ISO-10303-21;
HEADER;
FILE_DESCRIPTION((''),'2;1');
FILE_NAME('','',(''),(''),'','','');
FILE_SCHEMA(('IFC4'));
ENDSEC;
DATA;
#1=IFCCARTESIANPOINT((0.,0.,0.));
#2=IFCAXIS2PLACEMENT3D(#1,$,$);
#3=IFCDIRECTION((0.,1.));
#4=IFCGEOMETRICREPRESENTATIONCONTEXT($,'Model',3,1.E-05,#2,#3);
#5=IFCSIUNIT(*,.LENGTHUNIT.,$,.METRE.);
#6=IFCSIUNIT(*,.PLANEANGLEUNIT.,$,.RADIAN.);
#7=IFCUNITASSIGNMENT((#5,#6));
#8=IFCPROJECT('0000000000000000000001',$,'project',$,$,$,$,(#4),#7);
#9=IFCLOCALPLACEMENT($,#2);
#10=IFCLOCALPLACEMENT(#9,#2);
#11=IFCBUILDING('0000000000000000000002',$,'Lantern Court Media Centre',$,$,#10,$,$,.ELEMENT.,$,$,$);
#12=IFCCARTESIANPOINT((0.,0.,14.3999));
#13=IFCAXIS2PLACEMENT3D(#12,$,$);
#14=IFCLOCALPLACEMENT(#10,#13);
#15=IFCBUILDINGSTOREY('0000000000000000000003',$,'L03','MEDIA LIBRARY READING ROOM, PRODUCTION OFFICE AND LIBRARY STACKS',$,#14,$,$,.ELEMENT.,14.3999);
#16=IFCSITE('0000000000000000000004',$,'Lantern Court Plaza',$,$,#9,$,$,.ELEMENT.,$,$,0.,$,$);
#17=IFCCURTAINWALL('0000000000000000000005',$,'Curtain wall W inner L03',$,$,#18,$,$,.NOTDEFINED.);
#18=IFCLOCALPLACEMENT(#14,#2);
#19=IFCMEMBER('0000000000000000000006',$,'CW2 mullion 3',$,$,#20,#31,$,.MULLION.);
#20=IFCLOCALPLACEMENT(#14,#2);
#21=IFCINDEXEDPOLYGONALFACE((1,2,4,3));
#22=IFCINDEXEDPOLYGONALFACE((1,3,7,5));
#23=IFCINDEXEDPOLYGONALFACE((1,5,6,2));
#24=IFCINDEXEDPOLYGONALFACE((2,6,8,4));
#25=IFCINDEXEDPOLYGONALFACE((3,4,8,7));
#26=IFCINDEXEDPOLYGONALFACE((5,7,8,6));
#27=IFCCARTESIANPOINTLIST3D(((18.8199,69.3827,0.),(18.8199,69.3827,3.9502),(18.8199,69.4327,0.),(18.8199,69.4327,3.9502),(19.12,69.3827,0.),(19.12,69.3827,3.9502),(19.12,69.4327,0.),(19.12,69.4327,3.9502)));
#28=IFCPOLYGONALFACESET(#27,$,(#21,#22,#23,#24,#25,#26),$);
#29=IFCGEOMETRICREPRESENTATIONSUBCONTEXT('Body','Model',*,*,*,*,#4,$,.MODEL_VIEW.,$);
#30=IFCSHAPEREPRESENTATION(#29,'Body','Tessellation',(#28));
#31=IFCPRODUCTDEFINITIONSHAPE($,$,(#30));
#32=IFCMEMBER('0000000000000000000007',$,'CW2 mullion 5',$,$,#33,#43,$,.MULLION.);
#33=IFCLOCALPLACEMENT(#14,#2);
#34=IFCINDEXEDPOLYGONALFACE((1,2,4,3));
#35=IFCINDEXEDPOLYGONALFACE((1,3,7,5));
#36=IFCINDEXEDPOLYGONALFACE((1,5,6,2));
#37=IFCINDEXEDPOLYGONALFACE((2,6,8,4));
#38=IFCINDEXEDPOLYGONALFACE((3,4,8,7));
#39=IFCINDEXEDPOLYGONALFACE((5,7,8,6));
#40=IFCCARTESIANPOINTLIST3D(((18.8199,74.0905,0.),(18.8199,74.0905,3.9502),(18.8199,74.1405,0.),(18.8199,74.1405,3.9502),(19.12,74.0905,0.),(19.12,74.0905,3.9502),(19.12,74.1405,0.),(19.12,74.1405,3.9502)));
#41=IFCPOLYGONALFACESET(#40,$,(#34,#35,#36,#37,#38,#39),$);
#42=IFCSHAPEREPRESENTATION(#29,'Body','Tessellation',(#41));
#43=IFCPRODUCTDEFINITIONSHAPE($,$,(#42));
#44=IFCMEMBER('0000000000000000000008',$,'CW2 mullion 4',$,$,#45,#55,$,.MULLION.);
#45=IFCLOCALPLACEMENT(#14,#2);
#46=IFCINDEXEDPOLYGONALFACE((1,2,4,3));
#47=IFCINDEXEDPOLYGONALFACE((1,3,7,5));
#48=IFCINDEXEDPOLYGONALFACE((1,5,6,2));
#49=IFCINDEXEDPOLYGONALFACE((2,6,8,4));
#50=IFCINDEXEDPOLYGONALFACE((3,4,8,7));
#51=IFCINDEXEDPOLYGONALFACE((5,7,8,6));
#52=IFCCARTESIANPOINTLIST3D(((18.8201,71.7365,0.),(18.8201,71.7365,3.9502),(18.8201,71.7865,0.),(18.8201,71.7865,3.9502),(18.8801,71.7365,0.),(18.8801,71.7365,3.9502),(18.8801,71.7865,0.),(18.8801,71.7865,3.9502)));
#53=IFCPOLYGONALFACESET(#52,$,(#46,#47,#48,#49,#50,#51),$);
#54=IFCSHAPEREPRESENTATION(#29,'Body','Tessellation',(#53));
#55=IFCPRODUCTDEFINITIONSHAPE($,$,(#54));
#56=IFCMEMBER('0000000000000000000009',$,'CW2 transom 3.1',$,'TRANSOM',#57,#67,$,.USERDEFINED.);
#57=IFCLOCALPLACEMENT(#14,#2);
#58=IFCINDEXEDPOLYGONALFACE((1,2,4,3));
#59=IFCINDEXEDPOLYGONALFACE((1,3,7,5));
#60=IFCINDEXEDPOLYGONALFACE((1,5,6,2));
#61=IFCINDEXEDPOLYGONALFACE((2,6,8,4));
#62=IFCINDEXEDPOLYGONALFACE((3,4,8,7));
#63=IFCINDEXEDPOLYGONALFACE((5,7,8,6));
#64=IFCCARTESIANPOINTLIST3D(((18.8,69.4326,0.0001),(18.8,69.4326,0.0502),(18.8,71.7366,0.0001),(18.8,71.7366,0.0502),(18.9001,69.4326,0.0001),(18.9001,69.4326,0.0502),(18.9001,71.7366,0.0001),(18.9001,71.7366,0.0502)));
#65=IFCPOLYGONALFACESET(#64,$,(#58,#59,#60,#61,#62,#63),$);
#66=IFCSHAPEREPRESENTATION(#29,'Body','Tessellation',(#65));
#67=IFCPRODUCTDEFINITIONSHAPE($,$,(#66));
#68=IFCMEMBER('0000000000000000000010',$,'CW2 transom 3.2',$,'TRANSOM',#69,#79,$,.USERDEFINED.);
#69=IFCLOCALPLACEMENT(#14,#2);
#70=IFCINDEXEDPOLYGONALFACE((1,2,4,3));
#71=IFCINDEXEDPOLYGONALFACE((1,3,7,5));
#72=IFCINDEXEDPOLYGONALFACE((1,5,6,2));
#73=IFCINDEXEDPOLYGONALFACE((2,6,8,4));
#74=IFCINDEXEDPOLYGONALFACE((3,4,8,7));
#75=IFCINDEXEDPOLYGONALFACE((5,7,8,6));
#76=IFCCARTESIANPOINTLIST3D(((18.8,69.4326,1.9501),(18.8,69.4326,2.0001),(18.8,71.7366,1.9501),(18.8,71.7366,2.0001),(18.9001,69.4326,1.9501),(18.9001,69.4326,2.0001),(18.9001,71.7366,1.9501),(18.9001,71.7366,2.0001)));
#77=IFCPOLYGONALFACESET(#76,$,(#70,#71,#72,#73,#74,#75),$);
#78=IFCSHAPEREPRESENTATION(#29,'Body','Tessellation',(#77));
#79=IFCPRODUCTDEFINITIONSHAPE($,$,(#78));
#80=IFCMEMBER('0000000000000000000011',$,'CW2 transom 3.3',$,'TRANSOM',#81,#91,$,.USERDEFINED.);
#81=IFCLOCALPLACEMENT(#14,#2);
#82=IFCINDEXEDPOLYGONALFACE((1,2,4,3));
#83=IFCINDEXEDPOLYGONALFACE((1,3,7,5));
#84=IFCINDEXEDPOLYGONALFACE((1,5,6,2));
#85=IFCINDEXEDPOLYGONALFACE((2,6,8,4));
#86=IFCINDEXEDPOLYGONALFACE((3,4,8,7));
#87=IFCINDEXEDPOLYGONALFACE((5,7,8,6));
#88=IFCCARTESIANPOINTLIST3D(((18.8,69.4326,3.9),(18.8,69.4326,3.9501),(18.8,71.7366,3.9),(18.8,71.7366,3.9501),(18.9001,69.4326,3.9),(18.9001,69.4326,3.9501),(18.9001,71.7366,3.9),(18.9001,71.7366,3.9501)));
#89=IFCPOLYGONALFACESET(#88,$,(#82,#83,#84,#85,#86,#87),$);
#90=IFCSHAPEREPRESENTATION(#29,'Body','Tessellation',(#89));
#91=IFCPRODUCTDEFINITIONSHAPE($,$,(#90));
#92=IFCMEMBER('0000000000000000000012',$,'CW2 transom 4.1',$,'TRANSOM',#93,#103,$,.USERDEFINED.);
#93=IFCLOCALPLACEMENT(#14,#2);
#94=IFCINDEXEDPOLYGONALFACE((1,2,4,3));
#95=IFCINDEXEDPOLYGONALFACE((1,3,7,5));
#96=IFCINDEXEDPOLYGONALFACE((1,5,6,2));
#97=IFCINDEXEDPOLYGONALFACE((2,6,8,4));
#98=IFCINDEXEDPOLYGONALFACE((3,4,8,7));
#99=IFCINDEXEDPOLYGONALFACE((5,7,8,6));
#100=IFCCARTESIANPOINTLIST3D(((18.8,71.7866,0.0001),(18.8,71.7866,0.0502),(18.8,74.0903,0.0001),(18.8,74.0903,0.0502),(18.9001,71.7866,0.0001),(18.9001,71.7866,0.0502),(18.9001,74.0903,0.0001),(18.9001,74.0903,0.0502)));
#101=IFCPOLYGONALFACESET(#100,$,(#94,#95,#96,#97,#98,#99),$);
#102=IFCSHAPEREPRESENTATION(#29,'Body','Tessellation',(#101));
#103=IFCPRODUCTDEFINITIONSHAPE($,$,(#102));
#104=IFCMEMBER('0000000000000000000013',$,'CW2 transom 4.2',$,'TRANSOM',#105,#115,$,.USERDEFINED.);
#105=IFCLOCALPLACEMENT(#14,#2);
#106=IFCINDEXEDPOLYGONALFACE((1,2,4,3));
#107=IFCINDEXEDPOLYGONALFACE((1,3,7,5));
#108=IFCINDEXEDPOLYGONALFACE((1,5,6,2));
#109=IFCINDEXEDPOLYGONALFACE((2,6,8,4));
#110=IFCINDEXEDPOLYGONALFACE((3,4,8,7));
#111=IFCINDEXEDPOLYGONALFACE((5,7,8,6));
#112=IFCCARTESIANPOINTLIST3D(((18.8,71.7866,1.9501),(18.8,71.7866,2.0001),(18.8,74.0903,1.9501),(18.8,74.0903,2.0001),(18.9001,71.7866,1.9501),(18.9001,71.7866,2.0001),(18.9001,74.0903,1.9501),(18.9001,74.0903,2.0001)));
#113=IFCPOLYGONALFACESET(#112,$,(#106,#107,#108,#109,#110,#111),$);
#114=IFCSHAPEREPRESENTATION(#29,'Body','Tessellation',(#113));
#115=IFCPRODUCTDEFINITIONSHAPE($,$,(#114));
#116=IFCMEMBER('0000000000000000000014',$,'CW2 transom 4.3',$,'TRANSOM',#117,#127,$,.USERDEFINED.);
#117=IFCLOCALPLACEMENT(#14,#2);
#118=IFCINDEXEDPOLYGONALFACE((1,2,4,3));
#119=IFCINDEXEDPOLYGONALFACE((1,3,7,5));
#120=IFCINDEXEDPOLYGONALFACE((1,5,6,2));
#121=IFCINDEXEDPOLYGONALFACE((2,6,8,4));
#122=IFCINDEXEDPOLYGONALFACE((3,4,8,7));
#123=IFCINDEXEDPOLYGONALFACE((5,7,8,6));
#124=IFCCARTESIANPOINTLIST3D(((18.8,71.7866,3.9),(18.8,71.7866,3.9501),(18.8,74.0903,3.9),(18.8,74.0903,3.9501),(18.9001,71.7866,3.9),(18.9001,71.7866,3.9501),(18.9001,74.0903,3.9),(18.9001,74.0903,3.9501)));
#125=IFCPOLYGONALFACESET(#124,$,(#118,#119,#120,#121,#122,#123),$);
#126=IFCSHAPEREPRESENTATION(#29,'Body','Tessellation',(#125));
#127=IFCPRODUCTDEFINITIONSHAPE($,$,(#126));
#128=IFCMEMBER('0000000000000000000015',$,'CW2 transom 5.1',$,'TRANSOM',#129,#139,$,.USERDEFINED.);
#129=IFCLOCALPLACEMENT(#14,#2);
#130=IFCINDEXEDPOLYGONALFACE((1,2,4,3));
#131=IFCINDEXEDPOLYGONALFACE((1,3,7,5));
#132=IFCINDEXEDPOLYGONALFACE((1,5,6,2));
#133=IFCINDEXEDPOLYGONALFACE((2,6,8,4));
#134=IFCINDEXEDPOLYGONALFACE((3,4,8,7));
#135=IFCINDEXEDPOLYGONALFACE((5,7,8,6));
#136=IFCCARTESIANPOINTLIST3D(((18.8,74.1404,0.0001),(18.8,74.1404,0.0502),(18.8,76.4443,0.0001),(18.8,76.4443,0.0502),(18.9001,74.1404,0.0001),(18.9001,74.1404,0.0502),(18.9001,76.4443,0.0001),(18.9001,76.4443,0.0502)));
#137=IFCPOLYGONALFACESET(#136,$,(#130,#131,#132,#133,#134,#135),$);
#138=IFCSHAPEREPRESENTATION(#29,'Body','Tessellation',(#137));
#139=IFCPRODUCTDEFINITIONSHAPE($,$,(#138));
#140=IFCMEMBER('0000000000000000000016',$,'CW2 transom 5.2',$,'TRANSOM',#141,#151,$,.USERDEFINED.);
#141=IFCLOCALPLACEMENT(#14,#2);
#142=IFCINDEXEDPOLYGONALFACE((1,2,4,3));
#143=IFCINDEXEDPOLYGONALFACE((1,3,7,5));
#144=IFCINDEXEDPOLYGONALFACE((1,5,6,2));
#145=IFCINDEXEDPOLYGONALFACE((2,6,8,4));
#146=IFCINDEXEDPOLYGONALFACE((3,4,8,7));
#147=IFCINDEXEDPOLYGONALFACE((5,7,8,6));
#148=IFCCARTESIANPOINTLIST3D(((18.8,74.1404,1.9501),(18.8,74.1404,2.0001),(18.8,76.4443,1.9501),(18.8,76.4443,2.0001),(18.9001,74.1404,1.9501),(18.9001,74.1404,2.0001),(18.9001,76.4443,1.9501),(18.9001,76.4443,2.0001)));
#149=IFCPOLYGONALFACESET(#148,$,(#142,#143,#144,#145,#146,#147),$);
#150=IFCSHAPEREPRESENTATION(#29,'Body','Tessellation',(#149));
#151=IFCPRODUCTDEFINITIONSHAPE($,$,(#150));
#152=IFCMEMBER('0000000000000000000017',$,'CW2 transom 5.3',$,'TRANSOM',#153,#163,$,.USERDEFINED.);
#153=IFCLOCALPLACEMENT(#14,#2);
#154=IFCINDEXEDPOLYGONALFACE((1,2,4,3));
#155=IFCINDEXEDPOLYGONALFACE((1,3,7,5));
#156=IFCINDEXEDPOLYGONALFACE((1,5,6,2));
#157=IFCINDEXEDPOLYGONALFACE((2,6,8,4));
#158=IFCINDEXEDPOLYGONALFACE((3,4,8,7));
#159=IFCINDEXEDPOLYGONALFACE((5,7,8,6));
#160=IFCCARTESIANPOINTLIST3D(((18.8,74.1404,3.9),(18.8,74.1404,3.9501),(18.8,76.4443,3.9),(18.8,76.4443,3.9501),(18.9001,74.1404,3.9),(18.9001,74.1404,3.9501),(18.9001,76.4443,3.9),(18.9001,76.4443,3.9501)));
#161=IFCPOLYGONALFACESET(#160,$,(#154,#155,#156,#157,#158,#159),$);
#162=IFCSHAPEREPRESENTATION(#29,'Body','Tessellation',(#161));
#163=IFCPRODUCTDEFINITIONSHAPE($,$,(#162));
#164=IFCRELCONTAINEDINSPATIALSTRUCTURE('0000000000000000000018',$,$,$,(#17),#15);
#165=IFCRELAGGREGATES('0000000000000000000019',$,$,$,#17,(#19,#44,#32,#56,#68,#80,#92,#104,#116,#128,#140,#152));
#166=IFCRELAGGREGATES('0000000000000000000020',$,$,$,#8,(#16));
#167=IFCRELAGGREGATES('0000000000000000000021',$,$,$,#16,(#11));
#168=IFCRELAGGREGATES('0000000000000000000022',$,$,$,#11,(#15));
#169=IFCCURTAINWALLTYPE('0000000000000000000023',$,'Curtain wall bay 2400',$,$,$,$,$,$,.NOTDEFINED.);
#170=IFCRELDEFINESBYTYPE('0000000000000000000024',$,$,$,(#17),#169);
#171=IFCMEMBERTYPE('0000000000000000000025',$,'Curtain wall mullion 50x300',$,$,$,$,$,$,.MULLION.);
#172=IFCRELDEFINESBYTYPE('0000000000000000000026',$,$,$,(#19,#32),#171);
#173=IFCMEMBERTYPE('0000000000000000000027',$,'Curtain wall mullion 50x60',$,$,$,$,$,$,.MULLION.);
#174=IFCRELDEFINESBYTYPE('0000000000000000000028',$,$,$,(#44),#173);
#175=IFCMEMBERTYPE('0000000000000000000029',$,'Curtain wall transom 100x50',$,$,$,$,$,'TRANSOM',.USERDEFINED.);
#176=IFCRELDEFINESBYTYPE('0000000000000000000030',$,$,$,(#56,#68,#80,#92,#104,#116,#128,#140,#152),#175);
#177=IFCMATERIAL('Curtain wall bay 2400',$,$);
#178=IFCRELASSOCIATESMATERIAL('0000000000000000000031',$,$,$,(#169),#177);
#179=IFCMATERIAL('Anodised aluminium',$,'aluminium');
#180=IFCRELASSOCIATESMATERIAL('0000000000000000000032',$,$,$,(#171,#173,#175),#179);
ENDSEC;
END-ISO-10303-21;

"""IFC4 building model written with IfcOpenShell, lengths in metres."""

from ifc_helpers import new_model, si_unit, direction, frame, origin, origin_2d, place, context, subcontext, project, spatial, rectangle, extrude, material, material_profile, profile_set, type_object, element, aggregate, save


model = new_model("IFC4")

# Units and contexts
model_context = context("Model", 3, precision=1e-05, world=origin(), true_north=direction((0.0, 1.0)))
body_context = subcontext(model_context, "Body", "Model", "MODEL_VIEW")
ifc_project = project(units=[si_unit("LENGTHUNIT", "METRE"), si_unit("PLANEANGLEUNIT", "RADIAN")], contexts=[model_context])

# Site, building, storey
site_placement = place(None, origin())
site = spatial("IfcSite", under=ifc_project, at=site_placement, Name="Lantern Court Plaza", CompositionType="ELEMENT", RefElevation=0.0)
building_placement = place(site_placement, origin())
building = spatial("IfcBuilding", under=site, at=building_placement, Name="Lantern Court Media Centre", CompositionType="ELEMENT")
storey_placement = place(building_placement, frame((0.0, 0.0, 14.3999)))
storey = spatial("IfcBuildingStorey", under=building, at=storey_placement, Name="L03", Description="MEDIA LIBRARY READING ROOM, PRODUCTION OFFICE AND LIBRARY STACKS", CompositionType="ELEMENT", Elevation=14.3999)

# Curtain wall, members
ifc_material_1 = material(Name="Curtain wall bay 2400")
curtain_wall_type = type_object("IfcCurtainWallType", Name="Curtain wall bay 2400", PredefinedType="NOTDEFINED", material=ifc_material_1)
curtain_wall_placement = place(storey_placement, origin())
curtain_wall = element("IfcCurtainWall", 1, at=curtain_wall_placement, inside=storey, type_object=curtain_wall_type, Name="Curtain wall W inner L03", PredefinedType="NOTDEFINED")
ifc_material_2 = material(Name="Anodised aluminium", Category="aluminium")
ifc_material_profile_1 = material_profile(ifc_material_2, rectangle(XDim=0.3, YDim=0.05, at=origin_2d()), Name="AL 50x300")
ifc_profile_set_1 = profile_set([ifc_material_profile_1], Name="Anodised aluminium")
member_type_1 = type_object("IfcMemberType", Name="Curtain wall mullion 50x300", PredefinedType="MULLION", material=ifc_profile_set_1)
member_1_placement = place(storey_placement, frame((18.97, 69.4077, 0.0), z_axis=(0.0, 0.0, 1.0), x_axis=(-1.0, 0.0, 0.0)))
member_1 = element("IfcMember", 2, at=member_1_placement, type_object=member_type_1, Name="CW2 mullion 3", PredefinedType="MULLION", context=body_context, shape_type="SweptSolid", body=[
    extrude(rectangle(XDim=0.3, YDim=0.05, at=origin_2d()), origin(), (0.0, 0.0, 1.0), 3.9502),
])
member_2_placement = place(storey_placement, frame((18.97, 74.1155, 0.0), z_axis=(0.0, 0.0, 1.0), x_axis=(-1.0, 0.0, 0.0)))
member_2 = element("IfcMember", 3, at=member_2_placement, type_object=member_type_1, Name="CW2 mullion 5", PredefinedType="MULLION", context=body_context, shape_type="SweptSolid", body=[
    extrude(rectangle(XDim=0.3, YDim=0.05, at=origin_2d()), origin(), (0.0, 0.0, 1.0), 3.9502),
])
ifc_material_profile_2 = material_profile(ifc_material_2, rectangle(XDim=0.0601, YDim=0.05, at=origin_2d()), Name="AL 50x60")
ifc_profile_set_2 = profile_set([ifc_material_profile_2], Name="Anodised aluminium")
member_type_2 = type_object("IfcMemberType", Name="Curtain wall mullion 50x60", PredefinedType="MULLION", material=ifc_profile_set_2)
member_3_placement = place(storey_placement, frame((18.8501, 71.7615, 0.0), z_axis=(0.0, 0.0, 1.0), x_axis=(-1.0, 0.0, 0.0)))
member_3 = element("IfcMember", 4, at=member_3_placement, type_object=member_type_2, Name="CW2 mullion 4", PredefinedType="MULLION", context=body_context, shape_type="SweptSolid", body=[
    extrude(rectangle(XDim=0.0601, YDim=0.05, at=origin_2d()), origin(), (0.0, 0.0, 1.0), 3.9502),
])
ifc_material_profile_3 = material_profile(ifc_material_2, rectangle(XDim=0.1001, YDim=0.05, at=origin_2d()), Name="AL 50x100")
ifc_profile_set_3 = profile_set([ifc_material_profile_3], Name="Anodised aluminium")
member_type_3 = type_object("IfcMemberType", Name="Curtain wall transom 100x50", ElementType="TRANSOM", PredefinedType="USERDEFINED", material=ifc_profile_set_3)
member_4_placement = place(storey_placement, frame((18.8501, 69.4326, 0.0251), z_axis=(0.0, 1.0, 0.0), x_axis=(-1.0, 0.0, 0.0)))
member_4 = element("IfcMember", 5, at=member_4_placement, type_object=member_type_3, Name="CW2 transom 3.1", ObjectType="TRANSOM", PredefinedType="USERDEFINED", context=body_context, shape_type="SweptSolid", body=[
    extrude(rectangle(XDim=0.1001, YDim=0.05, at=origin_2d()), origin(), (0.0, 0.0, 1.0), 2.304),
])
member_5_placement = place(storey_placement, frame((18.8501, 69.4326, 1.9751), z_axis=(0.0, 1.0, 0.0), x_axis=(-1.0, 0.0, 0.0)))
member_5 = element("IfcMember", 6, at=member_5_placement, type_object=member_type_3, Name="CW2 transom 3.2", ObjectType="TRANSOM", PredefinedType="USERDEFINED", context=body_context, shape_type="SweptSolid", body=[
    extrude(rectangle(XDim=0.1001, YDim=0.05, at=origin_2d()), origin(), (0.0, 0.0, 1.0), 2.304),
])
member_6_placement = place(storey_placement, frame((18.8501, 69.4326, 3.925), z_axis=(0.0, 1.0, 0.0), x_axis=(-1.0, 0.0, 0.0)))
member_6 = element("IfcMember", 7, at=member_6_placement, type_object=member_type_3, Name="CW2 transom 3.3", ObjectType="TRANSOM", PredefinedType="USERDEFINED", context=body_context, shape_type="SweptSolid", body=[
    extrude(rectangle(XDim=0.1001, YDim=0.05, at=origin_2d()), origin(), (0.0, 0.0, 1.0), 2.304),
])
member_7_placement = place(storey_placement, frame((18.8501, 71.7866, 0.0251), z_axis=(0.0, 1.0, 0.0), x_axis=(-1.0, 0.0, 0.0)))
member_7 = element("IfcMember", 8, at=member_7_placement, type_object=member_type_3, Name="CW2 transom 4.1", ObjectType="TRANSOM", PredefinedType="USERDEFINED", context=body_context, shape_type="SweptSolid", body=[
    extrude(rectangle(XDim=0.1001, YDim=0.05, at=origin_2d()), origin(), (0.0, 0.0, 1.0), 2.3037),
])
member_8_placement = place(storey_placement, frame((18.8501, 71.7866, 1.9751), z_axis=(0.0, 1.0, 0.0), x_axis=(-1.0, 0.0, 0.0)))
member_8 = element("IfcMember", 9, at=member_8_placement, type_object=member_type_3, Name="CW2 transom 4.2", ObjectType="TRANSOM", PredefinedType="USERDEFINED", context=body_context, shape_type="SweptSolid", body=[
    extrude(rectangle(XDim=0.1001, YDim=0.05, at=origin_2d()), origin(), (0.0, 0.0, 1.0), 2.3037),
])
member_9_placement = place(storey_placement, frame((18.8501, 71.7866, 3.925), z_axis=(0.0, 1.0, 0.0), x_axis=(-1.0, 0.0, 0.0)))
member_9 = element("IfcMember", 10, at=member_9_placement, type_object=member_type_3, Name="CW2 transom 4.3", ObjectType="TRANSOM", PredefinedType="USERDEFINED", context=body_context, shape_type="SweptSolid", body=[
    extrude(rectangle(XDim=0.1001, YDim=0.05, at=origin_2d()), origin(), (0.0, 0.0, 1.0), 2.3037),
])
member_10_placement = place(storey_placement, frame((18.8501, 74.1404, 0.0251), z_axis=(0.0, 1.0, 0.0), x_axis=(-1.0, 0.0, 0.0)))
member_10 = element("IfcMember", 11, at=member_10_placement, type_object=member_type_3, Name="CW2 transom 5.1", ObjectType="TRANSOM", PredefinedType="USERDEFINED", context=body_context, shape_type="SweptSolid", body=[
    extrude(rectangle(XDim=0.1001, YDim=0.05, at=origin_2d()), origin(), (0.0, 0.0, 1.0), 2.304),
])
member_11_placement = place(storey_placement, frame((18.8501, 74.1404, 1.9751), z_axis=(0.0, 1.0, 0.0), x_axis=(-1.0, 0.0, 0.0)))
member_11 = element("IfcMember", 12, at=member_11_placement, type_object=member_type_3, Name="CW2 transom 5.2", ObjectType="TRANSOM", PredefinedType="USERDEFINED", context=body_context, shape_type="SweptSolid", body=[
    extrude(rectangle(XDim=0.1001, YDim=0.05, at=origin_2d()), origin(), (0.0, 0.0, 1.0), 2.304),
])
member_12_placement = place(storey_placement, frame((18.8501, 74.1404, 3.925), z_axis=(0.0, 1.0, 0.0), x_axis=(-1.0, 0.0, 0.0)))
member_12 = element("IfcMember", 13, at=member_12_placement, type_object=member_type_3, Name="CW2 transom 5.3", ObjectType="TRANSOM", PredefinedType="USERDEFINED", context=body_context, shape_type="SweptSolid", body=[
    extrude(rectangle(XDim=0.1001, YDim=0.05, at=origin_2d()), origin(), (0.0, 0.0, 1.0), 2.304),
])

aggregate(curtain_wall, [member_1, member_3, member_2, member_4, member_5, member_6, member_7, member_8, member_9, member_10, member_11, member_12])

save(model, "model.ifc")
